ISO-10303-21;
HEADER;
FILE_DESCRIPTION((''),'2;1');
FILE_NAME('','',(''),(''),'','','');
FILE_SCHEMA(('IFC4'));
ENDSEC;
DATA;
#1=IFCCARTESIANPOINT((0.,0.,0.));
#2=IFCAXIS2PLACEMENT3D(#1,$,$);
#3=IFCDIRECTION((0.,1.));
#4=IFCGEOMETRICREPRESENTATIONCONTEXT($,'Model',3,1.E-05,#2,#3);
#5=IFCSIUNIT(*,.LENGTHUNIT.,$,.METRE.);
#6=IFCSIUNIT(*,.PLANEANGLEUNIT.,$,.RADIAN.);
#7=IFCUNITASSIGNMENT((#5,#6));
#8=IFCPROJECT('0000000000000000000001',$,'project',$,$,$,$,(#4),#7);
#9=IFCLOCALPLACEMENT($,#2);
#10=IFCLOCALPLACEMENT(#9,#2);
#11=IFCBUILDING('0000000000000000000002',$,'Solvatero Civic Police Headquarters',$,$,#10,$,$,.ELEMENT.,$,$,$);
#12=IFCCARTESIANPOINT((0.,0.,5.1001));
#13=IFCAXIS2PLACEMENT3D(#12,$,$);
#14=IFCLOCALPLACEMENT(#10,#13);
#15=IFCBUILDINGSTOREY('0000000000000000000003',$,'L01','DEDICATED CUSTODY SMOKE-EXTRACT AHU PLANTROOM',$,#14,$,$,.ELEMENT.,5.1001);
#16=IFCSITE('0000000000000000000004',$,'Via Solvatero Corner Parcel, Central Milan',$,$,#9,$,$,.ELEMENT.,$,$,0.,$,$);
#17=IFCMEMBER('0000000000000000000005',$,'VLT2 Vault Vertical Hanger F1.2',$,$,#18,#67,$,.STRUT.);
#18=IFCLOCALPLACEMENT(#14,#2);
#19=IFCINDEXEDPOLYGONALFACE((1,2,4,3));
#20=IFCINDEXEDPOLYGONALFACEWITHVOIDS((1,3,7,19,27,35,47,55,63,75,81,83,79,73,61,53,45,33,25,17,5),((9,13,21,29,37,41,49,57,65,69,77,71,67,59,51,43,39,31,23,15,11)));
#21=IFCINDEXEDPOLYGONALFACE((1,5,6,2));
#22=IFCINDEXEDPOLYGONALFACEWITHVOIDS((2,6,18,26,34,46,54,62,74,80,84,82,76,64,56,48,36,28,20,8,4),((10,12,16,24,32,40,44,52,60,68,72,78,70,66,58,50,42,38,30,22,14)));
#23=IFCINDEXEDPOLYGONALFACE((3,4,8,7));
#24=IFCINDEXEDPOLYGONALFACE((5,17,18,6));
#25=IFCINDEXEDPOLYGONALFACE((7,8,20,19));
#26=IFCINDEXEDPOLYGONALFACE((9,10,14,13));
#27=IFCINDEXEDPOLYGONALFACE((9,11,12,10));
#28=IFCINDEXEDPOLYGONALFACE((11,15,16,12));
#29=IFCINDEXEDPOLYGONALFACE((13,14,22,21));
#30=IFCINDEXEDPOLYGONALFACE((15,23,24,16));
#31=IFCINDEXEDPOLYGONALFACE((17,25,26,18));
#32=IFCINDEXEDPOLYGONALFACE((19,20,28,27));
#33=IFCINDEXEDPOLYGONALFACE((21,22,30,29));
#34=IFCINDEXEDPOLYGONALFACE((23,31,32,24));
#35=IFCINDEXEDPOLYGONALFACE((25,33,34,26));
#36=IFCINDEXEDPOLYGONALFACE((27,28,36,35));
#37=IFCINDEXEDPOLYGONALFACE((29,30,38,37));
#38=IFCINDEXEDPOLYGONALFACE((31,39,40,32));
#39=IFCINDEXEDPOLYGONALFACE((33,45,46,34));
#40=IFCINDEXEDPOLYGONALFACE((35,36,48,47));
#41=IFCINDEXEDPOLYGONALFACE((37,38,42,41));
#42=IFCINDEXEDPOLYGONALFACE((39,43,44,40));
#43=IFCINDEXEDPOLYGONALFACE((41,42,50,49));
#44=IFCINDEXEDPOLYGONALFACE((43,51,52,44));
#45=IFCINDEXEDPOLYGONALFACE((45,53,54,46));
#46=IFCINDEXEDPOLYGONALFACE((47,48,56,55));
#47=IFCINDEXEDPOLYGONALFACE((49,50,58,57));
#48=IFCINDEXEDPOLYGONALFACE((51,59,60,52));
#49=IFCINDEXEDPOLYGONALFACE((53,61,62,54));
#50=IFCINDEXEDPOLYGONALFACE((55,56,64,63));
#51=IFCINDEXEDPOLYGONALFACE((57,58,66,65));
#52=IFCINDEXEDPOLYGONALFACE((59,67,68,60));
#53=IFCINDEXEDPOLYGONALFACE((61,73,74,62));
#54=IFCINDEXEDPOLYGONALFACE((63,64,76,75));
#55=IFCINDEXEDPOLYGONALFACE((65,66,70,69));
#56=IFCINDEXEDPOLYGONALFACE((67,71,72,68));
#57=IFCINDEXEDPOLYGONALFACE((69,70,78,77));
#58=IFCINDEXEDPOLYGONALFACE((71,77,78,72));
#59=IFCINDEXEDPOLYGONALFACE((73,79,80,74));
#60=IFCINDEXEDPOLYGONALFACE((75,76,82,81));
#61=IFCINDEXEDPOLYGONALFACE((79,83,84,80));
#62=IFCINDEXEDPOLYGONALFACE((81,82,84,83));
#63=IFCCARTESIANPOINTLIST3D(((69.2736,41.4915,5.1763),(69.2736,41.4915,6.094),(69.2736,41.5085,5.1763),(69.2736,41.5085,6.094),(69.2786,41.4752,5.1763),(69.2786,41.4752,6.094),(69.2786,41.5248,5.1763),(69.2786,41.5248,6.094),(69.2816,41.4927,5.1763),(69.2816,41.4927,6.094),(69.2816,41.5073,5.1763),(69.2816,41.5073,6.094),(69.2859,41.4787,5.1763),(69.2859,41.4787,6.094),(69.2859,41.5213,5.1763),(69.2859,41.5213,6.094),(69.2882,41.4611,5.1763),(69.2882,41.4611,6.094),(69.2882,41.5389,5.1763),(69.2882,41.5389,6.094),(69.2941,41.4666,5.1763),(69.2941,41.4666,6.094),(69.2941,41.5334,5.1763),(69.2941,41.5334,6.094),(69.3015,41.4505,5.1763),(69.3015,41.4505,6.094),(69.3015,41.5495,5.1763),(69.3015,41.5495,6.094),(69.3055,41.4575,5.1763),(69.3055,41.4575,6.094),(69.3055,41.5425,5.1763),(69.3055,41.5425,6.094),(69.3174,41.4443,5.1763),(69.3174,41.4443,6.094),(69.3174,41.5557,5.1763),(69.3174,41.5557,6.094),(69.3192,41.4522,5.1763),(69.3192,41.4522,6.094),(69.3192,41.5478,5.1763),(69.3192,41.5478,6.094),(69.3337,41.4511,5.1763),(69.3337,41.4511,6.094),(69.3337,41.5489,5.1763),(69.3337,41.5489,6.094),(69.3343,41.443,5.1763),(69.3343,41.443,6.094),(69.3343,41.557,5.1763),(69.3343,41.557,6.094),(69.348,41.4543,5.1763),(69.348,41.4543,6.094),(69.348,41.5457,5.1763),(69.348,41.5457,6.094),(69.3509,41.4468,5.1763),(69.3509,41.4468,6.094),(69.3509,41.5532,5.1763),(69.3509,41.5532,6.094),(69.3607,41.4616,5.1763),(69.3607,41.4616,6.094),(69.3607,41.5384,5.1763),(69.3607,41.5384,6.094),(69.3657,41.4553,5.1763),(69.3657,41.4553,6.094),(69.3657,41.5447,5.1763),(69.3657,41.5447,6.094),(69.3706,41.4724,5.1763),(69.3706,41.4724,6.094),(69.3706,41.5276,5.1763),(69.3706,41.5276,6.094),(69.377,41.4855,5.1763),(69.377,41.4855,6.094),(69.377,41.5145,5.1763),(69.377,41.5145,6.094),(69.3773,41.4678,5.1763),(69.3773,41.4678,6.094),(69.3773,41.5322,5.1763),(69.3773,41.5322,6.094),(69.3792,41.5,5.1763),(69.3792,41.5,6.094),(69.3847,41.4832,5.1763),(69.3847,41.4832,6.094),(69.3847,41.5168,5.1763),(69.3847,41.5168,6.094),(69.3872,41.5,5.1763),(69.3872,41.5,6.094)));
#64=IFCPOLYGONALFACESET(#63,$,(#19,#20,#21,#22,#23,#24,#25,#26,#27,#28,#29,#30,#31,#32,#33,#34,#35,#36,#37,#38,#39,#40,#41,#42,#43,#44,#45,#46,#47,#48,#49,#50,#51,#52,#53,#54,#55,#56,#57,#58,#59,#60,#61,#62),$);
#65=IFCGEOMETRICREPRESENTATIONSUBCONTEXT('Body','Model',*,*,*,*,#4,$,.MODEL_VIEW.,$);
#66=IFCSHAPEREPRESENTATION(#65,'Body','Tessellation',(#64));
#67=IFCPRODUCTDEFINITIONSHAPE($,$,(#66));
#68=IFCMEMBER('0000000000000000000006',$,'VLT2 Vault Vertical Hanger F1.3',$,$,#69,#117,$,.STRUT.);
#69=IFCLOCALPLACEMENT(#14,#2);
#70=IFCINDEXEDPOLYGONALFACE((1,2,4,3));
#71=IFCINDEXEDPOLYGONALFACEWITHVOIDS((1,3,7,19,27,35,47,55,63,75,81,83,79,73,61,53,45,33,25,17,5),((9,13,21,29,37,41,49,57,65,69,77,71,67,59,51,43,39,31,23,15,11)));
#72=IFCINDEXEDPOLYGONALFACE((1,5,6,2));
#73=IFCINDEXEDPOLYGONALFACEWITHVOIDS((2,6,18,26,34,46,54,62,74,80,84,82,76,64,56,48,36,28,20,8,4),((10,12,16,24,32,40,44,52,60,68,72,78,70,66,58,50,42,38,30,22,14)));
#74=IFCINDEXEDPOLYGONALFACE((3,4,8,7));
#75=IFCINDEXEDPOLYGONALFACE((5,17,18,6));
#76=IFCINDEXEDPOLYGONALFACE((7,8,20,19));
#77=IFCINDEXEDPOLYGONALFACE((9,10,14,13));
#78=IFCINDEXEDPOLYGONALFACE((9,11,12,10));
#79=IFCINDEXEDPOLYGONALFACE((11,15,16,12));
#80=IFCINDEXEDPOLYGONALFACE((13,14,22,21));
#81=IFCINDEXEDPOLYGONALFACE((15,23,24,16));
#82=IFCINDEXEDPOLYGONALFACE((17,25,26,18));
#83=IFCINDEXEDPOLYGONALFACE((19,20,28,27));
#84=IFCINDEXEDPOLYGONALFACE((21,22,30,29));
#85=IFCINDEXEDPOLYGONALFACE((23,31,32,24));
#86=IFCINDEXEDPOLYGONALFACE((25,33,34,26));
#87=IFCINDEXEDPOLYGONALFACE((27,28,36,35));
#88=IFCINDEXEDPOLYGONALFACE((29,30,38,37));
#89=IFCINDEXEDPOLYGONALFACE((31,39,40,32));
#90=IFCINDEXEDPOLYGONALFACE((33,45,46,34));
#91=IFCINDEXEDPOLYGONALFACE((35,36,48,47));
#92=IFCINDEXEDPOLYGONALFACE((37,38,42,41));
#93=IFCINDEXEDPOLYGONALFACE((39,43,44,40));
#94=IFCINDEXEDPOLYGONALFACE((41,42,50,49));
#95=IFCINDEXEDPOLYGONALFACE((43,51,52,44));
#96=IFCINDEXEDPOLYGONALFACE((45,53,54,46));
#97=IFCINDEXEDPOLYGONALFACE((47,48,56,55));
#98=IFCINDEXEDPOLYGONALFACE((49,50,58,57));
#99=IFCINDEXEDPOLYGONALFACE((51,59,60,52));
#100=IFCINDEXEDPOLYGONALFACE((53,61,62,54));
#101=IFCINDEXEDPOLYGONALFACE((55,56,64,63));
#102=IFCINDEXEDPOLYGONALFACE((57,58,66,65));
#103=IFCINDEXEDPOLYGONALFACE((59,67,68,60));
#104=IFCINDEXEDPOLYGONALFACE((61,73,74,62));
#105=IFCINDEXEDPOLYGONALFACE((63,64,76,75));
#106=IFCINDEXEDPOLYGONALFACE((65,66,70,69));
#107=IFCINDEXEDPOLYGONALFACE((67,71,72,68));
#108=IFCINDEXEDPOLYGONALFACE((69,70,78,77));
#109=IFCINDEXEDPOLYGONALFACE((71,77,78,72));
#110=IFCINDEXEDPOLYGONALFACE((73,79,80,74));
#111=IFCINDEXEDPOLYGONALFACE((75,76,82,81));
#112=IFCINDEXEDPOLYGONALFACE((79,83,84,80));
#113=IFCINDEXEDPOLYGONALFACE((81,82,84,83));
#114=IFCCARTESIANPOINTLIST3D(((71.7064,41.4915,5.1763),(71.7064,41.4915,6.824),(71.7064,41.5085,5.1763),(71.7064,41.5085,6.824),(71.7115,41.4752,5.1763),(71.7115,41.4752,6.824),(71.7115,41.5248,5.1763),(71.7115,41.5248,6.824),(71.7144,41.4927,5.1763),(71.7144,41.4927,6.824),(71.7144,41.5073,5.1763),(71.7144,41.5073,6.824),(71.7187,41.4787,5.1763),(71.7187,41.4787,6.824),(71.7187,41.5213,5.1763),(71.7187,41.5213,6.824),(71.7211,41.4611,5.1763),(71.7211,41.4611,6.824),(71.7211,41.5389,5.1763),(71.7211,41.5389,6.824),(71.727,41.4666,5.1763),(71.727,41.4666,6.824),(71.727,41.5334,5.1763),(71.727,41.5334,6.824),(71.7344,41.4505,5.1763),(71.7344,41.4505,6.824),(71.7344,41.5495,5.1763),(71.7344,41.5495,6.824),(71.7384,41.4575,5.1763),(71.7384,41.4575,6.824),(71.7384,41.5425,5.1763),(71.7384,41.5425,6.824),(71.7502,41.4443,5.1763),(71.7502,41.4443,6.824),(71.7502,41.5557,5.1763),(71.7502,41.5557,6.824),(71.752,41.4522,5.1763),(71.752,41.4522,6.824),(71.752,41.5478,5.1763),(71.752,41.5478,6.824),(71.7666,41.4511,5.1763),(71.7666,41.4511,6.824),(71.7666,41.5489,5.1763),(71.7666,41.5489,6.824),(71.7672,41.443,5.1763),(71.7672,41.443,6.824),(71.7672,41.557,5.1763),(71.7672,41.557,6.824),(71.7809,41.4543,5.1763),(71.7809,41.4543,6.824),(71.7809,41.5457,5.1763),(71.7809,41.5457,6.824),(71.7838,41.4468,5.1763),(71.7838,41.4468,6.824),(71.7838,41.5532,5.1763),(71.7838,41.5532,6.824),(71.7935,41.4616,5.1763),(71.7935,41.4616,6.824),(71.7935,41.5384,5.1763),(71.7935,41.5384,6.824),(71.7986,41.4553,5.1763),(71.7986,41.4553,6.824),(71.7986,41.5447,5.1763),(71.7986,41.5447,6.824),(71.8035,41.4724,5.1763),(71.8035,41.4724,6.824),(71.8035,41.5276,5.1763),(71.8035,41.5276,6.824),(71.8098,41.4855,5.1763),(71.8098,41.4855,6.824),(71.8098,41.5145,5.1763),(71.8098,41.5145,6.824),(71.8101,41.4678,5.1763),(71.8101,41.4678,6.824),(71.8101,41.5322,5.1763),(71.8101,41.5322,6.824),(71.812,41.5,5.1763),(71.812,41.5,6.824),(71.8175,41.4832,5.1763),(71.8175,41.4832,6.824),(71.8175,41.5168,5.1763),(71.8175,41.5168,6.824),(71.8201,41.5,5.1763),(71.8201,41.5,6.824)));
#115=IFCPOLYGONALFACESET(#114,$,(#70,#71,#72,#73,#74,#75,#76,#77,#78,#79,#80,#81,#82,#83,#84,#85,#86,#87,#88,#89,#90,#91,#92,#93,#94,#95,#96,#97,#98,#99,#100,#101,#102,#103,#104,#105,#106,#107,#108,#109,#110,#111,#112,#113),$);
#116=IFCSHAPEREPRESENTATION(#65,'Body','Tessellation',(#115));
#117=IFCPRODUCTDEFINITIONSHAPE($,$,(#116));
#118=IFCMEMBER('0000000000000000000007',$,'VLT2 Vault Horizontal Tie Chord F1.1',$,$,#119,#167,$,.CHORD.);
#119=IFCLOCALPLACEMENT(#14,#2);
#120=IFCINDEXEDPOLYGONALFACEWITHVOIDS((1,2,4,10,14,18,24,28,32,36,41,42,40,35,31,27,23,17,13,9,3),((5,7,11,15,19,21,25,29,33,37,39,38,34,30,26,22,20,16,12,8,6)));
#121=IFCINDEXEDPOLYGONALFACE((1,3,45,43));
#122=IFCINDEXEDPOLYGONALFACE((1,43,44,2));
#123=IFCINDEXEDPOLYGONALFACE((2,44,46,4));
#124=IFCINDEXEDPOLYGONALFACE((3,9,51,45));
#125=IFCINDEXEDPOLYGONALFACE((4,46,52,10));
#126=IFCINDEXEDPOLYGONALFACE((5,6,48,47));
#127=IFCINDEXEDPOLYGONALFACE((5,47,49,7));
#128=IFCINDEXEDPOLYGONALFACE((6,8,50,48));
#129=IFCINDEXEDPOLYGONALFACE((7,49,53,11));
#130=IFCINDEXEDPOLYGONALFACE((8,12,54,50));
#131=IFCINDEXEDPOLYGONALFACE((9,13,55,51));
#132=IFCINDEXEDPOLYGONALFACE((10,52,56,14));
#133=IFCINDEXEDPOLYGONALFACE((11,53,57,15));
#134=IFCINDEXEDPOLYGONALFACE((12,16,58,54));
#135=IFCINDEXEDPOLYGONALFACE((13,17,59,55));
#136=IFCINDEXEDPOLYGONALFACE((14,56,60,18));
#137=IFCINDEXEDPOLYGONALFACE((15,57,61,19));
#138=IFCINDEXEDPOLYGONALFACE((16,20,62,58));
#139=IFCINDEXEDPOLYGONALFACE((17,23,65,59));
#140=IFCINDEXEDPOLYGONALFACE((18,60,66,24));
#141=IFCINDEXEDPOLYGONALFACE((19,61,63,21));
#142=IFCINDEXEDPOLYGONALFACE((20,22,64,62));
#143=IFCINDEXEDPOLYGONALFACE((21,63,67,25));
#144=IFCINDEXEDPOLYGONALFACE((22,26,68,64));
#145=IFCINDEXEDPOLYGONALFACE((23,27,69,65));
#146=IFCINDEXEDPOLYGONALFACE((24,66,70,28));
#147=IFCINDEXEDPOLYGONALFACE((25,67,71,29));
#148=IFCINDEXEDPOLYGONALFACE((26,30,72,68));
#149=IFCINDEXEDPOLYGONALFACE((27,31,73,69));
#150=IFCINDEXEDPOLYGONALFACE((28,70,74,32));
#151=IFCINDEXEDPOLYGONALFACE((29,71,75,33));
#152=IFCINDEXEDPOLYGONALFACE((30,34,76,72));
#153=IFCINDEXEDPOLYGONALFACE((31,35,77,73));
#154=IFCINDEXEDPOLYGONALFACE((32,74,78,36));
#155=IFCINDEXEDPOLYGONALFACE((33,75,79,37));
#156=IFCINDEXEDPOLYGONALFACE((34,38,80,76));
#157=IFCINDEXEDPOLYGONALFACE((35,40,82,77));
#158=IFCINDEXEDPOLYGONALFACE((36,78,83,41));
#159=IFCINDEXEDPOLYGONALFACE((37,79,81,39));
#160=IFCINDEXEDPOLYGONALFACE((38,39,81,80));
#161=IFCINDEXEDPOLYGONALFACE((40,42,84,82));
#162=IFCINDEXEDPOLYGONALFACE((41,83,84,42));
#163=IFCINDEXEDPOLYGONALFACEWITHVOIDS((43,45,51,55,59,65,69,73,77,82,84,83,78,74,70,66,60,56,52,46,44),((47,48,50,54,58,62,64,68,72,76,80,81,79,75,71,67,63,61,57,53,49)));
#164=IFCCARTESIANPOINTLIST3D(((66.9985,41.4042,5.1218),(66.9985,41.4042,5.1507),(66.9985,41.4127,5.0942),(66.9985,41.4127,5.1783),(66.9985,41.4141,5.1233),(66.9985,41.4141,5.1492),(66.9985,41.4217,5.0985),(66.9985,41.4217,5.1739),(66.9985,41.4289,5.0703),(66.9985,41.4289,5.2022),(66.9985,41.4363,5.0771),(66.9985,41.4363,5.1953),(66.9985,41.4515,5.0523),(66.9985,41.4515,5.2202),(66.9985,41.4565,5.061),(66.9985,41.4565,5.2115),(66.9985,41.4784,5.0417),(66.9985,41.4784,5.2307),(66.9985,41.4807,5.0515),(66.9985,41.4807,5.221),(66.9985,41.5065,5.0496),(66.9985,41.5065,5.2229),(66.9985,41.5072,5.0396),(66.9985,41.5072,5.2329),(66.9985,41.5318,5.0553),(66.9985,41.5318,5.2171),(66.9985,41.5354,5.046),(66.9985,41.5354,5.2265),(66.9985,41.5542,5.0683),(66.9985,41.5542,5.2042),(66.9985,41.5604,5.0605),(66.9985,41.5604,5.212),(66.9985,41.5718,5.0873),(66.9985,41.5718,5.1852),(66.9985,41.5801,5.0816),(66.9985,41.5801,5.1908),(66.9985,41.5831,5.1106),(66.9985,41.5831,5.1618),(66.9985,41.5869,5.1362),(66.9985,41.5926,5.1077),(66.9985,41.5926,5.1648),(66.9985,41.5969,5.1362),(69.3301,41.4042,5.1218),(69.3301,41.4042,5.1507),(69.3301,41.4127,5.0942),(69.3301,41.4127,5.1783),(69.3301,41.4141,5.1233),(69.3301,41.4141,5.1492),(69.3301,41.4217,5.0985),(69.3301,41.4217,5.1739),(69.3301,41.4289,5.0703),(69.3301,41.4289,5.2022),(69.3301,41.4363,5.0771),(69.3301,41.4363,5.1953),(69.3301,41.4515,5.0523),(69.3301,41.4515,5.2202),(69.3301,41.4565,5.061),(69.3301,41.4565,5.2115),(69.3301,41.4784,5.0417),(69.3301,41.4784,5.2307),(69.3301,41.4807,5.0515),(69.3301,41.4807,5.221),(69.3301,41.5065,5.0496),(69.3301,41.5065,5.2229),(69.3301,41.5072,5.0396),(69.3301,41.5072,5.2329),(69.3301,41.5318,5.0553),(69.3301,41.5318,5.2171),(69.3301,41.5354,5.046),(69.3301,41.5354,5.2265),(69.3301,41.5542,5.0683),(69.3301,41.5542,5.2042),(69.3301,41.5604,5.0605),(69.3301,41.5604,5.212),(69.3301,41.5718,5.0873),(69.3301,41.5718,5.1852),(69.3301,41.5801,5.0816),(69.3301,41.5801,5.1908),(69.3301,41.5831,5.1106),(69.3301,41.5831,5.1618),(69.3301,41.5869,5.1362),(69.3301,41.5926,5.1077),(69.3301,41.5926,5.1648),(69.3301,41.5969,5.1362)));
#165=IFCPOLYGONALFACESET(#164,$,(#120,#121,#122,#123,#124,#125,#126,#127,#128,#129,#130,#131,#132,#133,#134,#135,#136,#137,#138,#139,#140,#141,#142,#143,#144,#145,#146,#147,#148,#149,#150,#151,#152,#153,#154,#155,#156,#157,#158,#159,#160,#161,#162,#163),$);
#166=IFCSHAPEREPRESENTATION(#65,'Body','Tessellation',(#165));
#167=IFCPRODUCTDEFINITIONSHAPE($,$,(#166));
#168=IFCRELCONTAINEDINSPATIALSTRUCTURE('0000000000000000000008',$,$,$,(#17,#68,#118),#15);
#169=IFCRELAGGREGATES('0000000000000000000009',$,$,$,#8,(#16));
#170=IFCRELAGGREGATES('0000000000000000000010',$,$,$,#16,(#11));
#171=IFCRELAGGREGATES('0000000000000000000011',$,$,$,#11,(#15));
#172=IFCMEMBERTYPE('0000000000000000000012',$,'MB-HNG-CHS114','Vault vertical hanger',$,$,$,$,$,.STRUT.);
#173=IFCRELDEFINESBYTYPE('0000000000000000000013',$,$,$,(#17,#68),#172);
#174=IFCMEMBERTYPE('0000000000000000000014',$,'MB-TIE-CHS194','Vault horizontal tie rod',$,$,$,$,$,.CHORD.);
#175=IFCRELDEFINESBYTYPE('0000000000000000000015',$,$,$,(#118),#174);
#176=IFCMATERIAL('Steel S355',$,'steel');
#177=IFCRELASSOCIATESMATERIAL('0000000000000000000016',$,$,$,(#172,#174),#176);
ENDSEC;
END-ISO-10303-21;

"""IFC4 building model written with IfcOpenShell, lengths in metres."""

from ifc_helpers import new_model, si_unit, direction, frame, origin, origin_2d, place, context, subcontext, project, spatial, hollow_circle, extrude, material, material_profile, profile_set, type_object, element, save


model = new_model("IFC4")

# Units and contexts
model_context = context("Model", 3, precision=1e-05, world=origin(), true_north=direction((0.0, 1.0)))
body_context = subcontext(model_context, "Body", "Model", "MODEL_VIEW")
ifc_project = project(units=[si_unit("LENGTHUNIT", "METRE"), si_unit("PLANEANGLEUNIT", "RADIAN")], contexts=[model_context])

# Site, building, storey
site_placement = place(None, origin())
site = spatial("IfcSite", under=ifc_project, at=site_placement, Name="Via Solvatero Corner Parcel, Central Milan", CompositionType="ELEMENT", RefElevation=0.0)
building_placement = place(site_placement, origin())
building = spatial("IfcBuilding", under=site, at=building_placement, Name="Solvatero Civic Police Headquarters", CompositionType="ELEMENT")
storey_placement = place(building_placement, frame((0.0, 0.0, 5.1001)))
storey = spatial("IfcBuildingStorey", under=building, at=storey_placement, Name="L01", Description="DEDICATED CUSTODY SMOKE-EXTRACT AHU PLANTROOM", CompositionType="ELEMENT", Elevation=5.1001)

# Shared definitions
ifc_material_1 = material(Name="Steel S355", Category="steel")

# Members
ifc_material_profile_1 = material_profile(ifc_material_1, hollow_circle(Radius=0.0571, WallThickness=0.0081, at=origin_2d()), Name="CHS 114.3x8.0")
ifc_profile_set_1 = profile_set([ifc_material_profile_1], Name="Steel S355")
member_type_1 = type_object("IfcMemberType", Name="MB-HNG-CHS114", Description="Vault vertical hanger", PredefinedType="STRUT", material=ifc_profile_set_1)
member_1_placement = place(storey_placement, frame((69.3301, 41.5, 5.1763), z_axis=(0.0, 0.0, 1.0), x_axis=(1.0, 0.0, 0.0)))
element("IfcMember", 1, at=member_1_placement, inside=storey, type_object=member_type_1, Name="VLT2 Vault Vertical Hanger F1.2", PredefinedType="STRUT", context=body_context, shape_type="SweptSolid", body=[
    extrude(hollow_circle(Radius=0.0571, WallThickness=0.0081, at=origin_2d()), origin(), (0.0, 0.0, 1.0), 0.9177),
])
member_2_placement = place(storey_placement, frame((71.7629, 41.5, 5.1763), z_axis=(0.0, 0.0, 1.0), x_axis=(1.0, 0.0, 0.0)))
element("IfcMember", 2, at=member_2_placement, inside=storey, type_object=member_type_1, Name="VLT2 Vault Vertical Hanger F1.3", PredefinedType="STRUT", context=body_context, shape_type="SweptSolid", body=[
    extrude(hollow_circle(Radius=0.0571, WallThickness=0.0081, at=origin_2d()), origin(), (0.0, 0.0, 1.0), 1.6477),
])
ifc_material_profile_2 = material_profile(ifc_material_1, hollow_circle(Radius=0.0969, WallThickness=0.01, at=origin_2d()), Name="CHS 193.7x10.0")
ifc_profile_set_2 = profile_set([ifc_material_profile_2], Name="Steel S355")
member_type_2 = type_object("IfcMemberType", Name="MB-TIE-CHS194", Description="Vault horizontal tie rod", PredefinedType="CHORD", material=ifc_profile_set_2)
member_3_placement = place(storey_placement, frame((66.9985, 41.5, 5.1362), z_axis=(1.0, 0.0, 0.0), x_axis=(0.0, 1.0, 0.0)))
element("IfcMember", 3, at=member_3_placement, inside=storey, type_object=member_type_2, Name="VLT2 Vault Horizontal Tie Chord F1.1", PredefinedType="CHORD", context=body_context, shape_type="SweptSolid", body=[
    extrude(hollow_circle(Radius=0.0969, WallThickness=0.01, at=origin_2d()), origin(), (0.0, 0.0, 1.0), 2.3315),
])

save(model, "model.ifc")
